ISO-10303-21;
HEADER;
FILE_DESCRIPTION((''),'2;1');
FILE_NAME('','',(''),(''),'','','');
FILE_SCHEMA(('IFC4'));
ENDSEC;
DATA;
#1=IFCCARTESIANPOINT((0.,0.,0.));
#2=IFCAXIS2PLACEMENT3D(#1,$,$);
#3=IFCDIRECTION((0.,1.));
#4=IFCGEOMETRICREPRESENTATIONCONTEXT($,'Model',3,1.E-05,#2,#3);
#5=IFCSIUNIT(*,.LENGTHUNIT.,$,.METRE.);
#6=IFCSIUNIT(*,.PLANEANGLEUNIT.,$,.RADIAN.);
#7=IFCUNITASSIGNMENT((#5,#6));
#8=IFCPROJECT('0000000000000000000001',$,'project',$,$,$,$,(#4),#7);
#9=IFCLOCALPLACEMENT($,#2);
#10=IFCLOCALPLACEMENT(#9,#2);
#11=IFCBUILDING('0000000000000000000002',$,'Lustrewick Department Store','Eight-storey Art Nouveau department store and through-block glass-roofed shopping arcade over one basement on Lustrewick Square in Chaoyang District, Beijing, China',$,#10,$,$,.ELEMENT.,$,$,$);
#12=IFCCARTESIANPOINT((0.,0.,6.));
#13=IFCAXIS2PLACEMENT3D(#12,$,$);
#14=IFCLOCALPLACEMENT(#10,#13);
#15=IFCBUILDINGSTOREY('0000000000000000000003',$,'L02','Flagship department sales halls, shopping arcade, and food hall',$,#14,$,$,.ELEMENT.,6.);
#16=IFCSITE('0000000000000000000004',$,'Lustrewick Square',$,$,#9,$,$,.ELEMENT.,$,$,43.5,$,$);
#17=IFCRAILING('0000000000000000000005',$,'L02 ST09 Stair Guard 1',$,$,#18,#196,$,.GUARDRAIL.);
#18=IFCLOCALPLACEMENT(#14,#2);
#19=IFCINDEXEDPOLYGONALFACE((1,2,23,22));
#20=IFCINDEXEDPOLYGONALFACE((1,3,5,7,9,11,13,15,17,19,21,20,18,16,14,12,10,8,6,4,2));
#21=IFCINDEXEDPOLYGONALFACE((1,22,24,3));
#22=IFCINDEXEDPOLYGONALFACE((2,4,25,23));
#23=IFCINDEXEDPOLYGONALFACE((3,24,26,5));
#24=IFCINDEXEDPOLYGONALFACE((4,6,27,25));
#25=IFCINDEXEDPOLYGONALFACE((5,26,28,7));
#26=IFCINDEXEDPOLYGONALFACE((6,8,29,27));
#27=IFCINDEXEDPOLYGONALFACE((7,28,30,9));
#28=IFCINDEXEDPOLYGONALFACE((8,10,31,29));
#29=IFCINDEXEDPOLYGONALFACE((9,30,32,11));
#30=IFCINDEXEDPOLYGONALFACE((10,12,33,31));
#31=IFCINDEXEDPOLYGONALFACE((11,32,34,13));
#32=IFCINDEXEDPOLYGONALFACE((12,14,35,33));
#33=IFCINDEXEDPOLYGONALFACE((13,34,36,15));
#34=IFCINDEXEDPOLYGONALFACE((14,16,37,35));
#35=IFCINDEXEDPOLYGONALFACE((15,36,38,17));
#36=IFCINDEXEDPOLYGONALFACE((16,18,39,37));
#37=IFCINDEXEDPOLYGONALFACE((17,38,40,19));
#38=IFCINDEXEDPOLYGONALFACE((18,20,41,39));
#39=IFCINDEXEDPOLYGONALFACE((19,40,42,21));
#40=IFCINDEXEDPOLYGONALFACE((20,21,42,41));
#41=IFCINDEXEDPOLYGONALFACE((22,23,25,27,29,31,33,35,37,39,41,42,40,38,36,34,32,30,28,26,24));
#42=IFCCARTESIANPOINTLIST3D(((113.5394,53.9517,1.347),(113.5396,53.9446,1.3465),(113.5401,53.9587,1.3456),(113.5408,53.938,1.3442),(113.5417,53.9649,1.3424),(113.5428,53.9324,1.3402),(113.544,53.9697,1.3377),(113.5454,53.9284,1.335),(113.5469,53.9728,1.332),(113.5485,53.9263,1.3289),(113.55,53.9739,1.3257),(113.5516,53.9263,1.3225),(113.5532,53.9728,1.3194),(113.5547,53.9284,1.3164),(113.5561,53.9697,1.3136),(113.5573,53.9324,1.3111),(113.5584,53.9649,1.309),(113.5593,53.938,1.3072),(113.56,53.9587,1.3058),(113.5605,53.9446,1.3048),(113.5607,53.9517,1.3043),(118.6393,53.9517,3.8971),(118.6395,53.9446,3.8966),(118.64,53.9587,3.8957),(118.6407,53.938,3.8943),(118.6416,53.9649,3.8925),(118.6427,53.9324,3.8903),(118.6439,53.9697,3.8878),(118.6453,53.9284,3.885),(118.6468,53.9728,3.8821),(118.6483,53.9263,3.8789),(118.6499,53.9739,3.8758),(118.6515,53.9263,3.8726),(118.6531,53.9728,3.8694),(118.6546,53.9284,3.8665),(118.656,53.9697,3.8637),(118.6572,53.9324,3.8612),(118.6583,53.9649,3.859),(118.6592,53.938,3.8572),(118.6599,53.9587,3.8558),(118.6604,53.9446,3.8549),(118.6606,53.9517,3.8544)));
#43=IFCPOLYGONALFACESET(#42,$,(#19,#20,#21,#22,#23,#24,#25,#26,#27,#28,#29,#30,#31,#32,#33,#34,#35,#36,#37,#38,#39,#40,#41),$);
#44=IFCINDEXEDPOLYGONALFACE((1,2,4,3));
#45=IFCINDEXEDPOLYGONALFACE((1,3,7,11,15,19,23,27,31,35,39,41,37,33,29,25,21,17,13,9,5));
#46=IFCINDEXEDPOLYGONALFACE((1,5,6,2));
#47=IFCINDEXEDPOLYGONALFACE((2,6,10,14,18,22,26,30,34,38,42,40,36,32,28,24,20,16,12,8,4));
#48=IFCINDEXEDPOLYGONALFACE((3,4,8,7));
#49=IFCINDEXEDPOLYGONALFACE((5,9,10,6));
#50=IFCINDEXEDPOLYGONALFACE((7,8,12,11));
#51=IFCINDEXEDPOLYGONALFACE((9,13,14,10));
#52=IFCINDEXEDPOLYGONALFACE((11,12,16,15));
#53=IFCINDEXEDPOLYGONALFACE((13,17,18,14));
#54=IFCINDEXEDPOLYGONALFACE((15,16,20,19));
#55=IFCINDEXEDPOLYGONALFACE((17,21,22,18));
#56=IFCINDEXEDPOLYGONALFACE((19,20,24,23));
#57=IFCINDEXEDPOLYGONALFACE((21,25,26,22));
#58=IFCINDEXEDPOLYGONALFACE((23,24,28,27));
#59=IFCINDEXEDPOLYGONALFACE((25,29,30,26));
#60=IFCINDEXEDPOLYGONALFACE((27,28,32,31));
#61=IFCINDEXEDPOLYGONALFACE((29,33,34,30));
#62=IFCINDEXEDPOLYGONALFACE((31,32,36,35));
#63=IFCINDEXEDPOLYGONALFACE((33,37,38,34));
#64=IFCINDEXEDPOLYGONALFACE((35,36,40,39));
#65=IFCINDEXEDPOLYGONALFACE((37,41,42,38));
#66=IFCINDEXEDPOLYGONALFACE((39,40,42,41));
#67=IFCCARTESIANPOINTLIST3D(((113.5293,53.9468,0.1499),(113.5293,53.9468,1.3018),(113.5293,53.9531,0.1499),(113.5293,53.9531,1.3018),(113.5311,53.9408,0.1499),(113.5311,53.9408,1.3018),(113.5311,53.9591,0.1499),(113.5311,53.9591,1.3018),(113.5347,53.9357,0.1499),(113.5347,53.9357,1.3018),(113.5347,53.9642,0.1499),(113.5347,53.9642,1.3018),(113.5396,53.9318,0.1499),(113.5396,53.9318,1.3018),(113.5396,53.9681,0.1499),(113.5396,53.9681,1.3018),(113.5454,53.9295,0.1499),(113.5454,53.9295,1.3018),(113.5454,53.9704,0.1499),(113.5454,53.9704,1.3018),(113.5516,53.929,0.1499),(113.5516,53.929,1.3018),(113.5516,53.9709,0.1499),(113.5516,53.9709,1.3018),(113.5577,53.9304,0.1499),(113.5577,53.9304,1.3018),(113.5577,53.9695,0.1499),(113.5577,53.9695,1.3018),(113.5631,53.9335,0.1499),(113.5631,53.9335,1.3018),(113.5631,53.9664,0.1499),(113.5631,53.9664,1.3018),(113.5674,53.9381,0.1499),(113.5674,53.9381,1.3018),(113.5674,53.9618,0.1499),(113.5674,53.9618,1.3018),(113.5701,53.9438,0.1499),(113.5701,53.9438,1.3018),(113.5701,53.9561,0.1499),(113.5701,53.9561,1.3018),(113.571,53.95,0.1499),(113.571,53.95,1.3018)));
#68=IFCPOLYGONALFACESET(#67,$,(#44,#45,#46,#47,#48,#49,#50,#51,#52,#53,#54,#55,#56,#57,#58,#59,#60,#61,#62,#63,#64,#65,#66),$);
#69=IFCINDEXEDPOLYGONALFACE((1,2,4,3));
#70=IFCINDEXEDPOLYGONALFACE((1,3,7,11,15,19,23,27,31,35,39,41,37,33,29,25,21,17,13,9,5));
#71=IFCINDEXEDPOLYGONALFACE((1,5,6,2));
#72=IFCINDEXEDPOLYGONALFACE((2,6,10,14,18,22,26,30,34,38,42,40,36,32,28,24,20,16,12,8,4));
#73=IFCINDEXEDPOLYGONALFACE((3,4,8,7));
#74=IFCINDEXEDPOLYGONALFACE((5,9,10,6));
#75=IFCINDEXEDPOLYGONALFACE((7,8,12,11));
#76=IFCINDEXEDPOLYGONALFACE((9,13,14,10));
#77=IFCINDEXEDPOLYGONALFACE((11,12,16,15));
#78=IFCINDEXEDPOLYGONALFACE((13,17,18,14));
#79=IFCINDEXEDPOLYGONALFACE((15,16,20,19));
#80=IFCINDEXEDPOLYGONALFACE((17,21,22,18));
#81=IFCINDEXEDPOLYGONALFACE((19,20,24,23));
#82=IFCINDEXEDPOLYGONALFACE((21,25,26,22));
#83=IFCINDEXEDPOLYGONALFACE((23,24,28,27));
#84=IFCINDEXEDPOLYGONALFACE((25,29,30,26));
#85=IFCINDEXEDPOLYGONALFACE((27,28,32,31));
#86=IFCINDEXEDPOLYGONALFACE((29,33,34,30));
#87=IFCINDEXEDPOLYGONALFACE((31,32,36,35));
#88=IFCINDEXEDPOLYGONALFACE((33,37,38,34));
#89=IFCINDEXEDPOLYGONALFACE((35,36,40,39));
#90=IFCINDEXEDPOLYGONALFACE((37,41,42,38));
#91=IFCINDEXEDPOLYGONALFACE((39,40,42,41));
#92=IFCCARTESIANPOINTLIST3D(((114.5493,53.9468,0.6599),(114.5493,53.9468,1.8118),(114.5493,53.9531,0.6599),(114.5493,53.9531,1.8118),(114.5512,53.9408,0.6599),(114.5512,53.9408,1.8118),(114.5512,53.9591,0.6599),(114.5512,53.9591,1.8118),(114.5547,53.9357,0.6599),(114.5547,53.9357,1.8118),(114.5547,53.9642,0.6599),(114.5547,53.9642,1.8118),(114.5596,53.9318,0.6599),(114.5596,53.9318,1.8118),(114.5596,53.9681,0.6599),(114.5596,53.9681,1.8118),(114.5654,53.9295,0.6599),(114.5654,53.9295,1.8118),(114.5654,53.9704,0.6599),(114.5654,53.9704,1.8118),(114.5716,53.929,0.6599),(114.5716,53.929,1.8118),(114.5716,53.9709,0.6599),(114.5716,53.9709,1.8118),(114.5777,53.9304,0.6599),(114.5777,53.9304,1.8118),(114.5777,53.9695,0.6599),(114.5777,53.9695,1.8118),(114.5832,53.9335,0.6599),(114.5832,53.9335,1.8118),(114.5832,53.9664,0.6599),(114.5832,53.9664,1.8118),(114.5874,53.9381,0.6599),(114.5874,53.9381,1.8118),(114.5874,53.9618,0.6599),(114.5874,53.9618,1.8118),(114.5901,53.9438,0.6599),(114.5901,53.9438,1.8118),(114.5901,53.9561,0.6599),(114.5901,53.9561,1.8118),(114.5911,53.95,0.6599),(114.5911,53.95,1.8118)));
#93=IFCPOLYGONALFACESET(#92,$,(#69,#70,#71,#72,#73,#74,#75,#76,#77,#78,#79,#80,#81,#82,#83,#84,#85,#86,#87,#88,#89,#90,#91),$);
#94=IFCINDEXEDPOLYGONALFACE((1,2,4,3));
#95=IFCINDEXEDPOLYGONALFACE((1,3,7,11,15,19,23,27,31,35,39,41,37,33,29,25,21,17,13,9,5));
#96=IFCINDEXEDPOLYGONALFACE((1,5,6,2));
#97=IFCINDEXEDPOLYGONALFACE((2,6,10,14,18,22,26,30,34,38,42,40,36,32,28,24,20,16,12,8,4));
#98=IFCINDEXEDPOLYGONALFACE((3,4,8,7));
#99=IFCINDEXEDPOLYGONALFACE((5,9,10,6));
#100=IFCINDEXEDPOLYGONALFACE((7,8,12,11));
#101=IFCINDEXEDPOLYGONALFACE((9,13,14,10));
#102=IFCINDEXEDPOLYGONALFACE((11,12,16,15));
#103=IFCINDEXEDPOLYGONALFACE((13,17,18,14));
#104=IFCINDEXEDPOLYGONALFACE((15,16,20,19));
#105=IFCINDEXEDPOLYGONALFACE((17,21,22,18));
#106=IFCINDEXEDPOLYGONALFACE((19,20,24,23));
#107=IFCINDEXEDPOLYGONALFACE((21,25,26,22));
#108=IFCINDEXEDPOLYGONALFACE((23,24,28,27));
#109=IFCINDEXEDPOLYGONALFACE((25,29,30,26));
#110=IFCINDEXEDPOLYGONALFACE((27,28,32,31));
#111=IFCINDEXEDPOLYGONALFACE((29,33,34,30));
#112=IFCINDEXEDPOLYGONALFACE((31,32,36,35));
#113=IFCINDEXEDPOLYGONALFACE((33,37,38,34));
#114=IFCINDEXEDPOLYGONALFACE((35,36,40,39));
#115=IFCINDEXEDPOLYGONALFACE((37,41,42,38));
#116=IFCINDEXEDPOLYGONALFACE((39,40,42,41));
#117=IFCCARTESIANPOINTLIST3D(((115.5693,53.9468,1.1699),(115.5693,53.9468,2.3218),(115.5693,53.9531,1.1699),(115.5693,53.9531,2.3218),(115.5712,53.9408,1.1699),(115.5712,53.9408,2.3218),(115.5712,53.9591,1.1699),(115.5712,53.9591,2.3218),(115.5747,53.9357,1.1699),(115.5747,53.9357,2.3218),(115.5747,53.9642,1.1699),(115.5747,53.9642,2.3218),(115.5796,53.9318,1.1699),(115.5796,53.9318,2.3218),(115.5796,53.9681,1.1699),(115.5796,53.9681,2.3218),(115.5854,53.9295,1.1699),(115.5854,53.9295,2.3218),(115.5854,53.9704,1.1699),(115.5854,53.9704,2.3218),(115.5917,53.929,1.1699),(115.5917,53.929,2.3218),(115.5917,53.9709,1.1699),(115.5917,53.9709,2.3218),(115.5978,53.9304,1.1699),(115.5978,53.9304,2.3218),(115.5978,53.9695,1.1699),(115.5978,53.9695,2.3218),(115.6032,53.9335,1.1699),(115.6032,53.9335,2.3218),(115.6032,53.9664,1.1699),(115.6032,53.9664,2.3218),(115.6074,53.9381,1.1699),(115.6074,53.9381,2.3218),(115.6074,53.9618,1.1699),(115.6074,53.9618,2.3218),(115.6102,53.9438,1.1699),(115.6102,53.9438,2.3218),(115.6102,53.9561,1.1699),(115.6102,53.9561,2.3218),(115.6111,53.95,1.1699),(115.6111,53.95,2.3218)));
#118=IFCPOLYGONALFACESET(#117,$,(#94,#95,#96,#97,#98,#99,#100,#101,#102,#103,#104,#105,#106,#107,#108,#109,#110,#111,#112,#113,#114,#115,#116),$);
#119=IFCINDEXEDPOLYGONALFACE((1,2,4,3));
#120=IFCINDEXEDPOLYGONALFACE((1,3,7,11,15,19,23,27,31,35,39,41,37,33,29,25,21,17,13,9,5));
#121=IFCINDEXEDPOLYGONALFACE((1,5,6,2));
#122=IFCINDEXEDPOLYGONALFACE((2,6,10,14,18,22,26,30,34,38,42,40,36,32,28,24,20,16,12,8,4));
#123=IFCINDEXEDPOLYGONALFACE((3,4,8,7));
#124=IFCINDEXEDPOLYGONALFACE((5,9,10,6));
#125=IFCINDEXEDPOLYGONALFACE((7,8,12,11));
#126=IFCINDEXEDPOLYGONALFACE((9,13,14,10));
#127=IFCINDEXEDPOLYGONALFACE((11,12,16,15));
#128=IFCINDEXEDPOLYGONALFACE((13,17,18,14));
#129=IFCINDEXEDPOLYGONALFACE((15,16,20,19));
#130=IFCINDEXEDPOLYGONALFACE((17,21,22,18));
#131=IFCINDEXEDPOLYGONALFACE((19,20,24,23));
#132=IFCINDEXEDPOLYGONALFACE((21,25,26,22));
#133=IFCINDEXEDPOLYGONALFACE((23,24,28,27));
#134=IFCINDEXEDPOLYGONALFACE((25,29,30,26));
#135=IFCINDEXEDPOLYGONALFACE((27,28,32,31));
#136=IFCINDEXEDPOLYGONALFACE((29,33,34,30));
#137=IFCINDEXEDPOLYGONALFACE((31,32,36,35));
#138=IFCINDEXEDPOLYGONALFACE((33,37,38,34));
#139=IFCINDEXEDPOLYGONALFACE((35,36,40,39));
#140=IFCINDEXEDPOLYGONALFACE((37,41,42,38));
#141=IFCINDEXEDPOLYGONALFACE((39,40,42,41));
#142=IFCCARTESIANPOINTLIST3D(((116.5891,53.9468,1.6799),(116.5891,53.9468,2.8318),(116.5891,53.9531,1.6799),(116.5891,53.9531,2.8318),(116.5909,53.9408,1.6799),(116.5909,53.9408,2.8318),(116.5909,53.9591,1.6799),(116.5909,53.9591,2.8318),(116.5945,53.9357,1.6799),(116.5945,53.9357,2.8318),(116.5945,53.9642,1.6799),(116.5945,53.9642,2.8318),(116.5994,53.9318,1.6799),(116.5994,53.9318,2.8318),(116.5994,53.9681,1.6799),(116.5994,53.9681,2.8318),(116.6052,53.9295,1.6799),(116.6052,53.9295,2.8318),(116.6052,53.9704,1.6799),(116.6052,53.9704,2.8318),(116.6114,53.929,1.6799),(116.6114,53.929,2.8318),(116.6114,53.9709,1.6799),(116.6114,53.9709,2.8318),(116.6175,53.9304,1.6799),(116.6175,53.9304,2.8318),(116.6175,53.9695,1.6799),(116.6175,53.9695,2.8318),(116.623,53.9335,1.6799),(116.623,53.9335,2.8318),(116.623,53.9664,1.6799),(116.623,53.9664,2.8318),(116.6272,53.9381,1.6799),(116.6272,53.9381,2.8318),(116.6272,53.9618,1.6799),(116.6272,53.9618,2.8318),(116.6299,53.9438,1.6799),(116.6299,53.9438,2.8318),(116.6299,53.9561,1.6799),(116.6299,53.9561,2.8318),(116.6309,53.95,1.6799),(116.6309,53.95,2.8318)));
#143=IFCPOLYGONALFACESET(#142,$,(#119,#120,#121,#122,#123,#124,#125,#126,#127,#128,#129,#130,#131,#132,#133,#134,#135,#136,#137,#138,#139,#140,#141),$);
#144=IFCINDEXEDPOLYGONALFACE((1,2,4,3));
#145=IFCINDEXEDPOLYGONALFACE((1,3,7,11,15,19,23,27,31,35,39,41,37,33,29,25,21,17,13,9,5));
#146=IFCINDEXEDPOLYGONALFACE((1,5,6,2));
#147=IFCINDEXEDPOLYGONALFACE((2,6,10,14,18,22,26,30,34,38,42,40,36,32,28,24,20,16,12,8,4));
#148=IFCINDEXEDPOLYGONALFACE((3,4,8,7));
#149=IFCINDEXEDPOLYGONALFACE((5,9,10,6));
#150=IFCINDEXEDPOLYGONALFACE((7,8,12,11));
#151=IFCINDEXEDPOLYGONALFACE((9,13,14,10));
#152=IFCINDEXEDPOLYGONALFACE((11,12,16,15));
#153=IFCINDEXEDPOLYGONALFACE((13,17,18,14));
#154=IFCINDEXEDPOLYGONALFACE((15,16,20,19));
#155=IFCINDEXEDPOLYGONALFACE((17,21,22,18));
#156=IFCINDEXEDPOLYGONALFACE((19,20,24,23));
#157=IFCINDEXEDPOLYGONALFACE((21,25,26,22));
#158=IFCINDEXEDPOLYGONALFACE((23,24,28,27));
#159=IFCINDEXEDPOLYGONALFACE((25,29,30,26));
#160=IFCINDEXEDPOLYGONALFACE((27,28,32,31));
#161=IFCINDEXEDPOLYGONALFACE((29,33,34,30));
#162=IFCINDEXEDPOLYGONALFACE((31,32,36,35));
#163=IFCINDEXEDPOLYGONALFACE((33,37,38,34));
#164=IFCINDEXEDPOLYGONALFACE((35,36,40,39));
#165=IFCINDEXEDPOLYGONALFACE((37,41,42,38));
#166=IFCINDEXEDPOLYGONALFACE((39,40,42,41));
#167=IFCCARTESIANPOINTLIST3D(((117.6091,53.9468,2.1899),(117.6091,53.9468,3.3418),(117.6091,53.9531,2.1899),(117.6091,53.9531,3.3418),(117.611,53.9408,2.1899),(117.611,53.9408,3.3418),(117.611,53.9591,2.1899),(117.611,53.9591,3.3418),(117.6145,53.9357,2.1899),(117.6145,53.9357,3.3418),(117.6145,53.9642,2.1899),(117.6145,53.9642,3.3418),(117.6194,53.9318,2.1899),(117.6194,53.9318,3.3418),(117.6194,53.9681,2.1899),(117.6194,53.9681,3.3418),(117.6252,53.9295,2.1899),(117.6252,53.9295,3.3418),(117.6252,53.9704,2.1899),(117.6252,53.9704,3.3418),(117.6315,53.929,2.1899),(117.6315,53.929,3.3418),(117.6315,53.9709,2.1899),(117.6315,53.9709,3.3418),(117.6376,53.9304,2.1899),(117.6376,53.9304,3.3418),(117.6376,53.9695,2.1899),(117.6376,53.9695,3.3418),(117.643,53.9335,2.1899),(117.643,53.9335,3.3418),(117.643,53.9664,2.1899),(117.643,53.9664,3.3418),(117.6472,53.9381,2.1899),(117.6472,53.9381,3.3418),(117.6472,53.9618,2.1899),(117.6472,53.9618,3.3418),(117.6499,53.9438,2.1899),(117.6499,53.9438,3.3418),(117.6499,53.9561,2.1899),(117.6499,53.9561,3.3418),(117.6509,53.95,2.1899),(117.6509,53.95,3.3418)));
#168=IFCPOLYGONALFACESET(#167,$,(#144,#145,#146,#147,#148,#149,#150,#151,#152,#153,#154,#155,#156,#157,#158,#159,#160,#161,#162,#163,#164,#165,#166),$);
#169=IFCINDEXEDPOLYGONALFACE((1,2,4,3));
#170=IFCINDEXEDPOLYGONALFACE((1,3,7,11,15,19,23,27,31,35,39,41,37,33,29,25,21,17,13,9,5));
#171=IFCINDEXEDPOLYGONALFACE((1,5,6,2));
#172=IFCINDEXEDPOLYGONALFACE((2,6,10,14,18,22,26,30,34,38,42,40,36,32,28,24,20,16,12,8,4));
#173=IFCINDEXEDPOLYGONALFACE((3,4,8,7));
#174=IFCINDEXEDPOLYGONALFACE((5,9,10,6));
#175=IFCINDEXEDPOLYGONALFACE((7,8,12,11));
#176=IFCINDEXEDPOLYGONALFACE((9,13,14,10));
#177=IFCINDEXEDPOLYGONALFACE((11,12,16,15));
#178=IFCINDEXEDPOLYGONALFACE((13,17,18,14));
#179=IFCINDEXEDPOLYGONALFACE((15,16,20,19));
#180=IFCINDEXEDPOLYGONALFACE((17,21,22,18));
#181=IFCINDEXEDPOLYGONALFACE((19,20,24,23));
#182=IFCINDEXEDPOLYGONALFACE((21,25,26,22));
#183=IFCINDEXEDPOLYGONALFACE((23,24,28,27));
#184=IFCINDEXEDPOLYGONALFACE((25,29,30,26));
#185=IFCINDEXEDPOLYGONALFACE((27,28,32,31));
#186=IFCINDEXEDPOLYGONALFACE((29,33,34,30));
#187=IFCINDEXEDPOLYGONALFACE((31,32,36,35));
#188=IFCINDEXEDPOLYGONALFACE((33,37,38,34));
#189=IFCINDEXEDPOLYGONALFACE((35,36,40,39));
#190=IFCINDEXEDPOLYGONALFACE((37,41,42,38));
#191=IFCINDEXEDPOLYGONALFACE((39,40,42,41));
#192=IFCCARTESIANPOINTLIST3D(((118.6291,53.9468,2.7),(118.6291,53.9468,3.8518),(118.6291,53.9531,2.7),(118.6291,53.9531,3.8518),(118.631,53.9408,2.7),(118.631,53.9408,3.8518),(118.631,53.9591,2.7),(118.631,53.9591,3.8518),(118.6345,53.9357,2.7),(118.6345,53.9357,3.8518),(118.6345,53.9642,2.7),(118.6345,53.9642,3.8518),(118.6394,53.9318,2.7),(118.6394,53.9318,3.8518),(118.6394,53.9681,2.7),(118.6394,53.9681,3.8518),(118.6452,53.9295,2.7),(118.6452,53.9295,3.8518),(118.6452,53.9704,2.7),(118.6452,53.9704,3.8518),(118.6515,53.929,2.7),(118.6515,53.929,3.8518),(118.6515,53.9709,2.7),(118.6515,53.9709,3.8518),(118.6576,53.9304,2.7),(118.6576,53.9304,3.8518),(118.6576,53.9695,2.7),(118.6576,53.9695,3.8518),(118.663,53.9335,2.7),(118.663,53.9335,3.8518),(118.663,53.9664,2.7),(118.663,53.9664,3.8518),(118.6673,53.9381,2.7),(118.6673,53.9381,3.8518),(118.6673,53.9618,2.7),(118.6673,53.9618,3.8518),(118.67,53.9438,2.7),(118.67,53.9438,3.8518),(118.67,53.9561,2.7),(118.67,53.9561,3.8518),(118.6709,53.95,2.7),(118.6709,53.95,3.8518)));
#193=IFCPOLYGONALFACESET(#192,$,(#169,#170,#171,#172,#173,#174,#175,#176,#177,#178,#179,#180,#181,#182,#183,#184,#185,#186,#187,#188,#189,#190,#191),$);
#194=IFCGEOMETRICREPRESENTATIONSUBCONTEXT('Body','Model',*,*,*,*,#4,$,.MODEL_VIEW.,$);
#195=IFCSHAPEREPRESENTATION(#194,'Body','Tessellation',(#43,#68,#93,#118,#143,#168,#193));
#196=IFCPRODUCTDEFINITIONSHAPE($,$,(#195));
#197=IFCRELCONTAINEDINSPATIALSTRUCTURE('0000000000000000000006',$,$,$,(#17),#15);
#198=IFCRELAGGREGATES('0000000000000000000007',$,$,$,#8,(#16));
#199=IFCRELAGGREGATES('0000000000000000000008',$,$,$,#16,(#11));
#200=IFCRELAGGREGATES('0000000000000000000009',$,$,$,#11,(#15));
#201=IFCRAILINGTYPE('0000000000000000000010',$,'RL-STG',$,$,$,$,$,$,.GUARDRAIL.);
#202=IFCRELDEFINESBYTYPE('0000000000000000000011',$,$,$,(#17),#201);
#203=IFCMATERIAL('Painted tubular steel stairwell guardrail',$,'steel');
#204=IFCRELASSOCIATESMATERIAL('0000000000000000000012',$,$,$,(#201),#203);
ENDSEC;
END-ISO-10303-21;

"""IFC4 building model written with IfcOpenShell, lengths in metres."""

from ifc_helpers import new_model, si_unit, direction, frame, origin, origin_2d, place, context, subcontext, project, spatial, circle, extrude, material, type_object, element, save


model = new_model("IFC4")

# Units and contexts
model_context = context("Model", 3, precision=1e-05, world=origin(), true_north=direction((0.0, 1.0)))
body_context = subcontext(model_context, "Body", "Model", "MODEL_VIEW")
ifc_project = project(units=[si_unit("LENGTHUNIT", "METRE"), si_unit("PLANEANGLEUNIT", "RADIAN")], contexts=[model_context])

# Site, building, storey
site_placement = place(None, origin())
site = spatial("IfcSite", under=ifc_project, at=site_placement, Name="Lustrewick Square", CompositionType="ELEMENT", RefElevation=43.5)
building_placement = place(site_placement, origin())
building = spatial("IfcBuilding", under=site, at=building_placement, Name="Lustrewick Department Store", Description="Eight-storey Art Nouveau department store and through-block glass-roofed shopping arcade over one basement on Lustrewick Square in Chaoyang District, Beijing, China", CompositionType="ELEMENT")
storey_placement = place(building_placement, frame((0.0, 0.0, 6.0)))
storey = spatial("IfcBuildingStorey", under=building, at=storey_placement, Name="L02", Description="Flagship department sales halls, shopping arcade, and food hall", CompositionType="ELEMENT", Elevation=6.0)

# Railing
ifc_material_1 = material(Name="Painted tubular steel stairwell guardrail", Category="steel")
railing_type_1 = type_object("IfcRailingType", Name="RL-STG", PredefinedType="GUARDRAIL", material=ifc_material_1)
railing_1_placement = place(storey_placement, frame((113.55, 53.95, 0.1499)))
element("IfcRailing", 1, at=railing_1_placement, inside=storey, type_object=railing_type_1, Name="L02 ST09 Stair Guard 1", PredefinedType="GUARDRAIL", context=body_context, shape_type="SweptSolid", body=[
    extrude(circle(Radius=0.0239, at=origin_2d()), frame((0.0, 0.0, 1.1758), z_axis=(0.894419, 0.0, 0.447231), x_axis=(0.0, 1.0, 0.0)), (0.0, 0.0, 1.0), 5.7019),
    extrude(circle(Radius=0.021, at=origin_2d()), origin(), (0.0, 0.0, 1.0), 1.1519),
    extrude(circle(Radius=0.021, at=origin_2d()), frame((1.02, 0.0, 0.51)), (0.0, 0.0, 1.0), 1.1519),
    extrude(circle(Radius=0.021, at=origin_2d()), frame((2.04, 0.0, 1.02)), (0.0, 0.0, 1.0), 1.1519),
    extrude(circle(Radius=0.021, at=origin_2d()), frame((3.0598, 0.0, 1.53)), (0.0, 0.0, 1.0), 1.1519),
    extrude(circle(Radius=0.021, at=origin_2d()), frame((4.0798, 0.0, 2.04)), (0.0, 0.0, 1.0), 1.1519),
    extrude(circle(Radius=0.021, at=origin_2d()), frame((5.0999, 0.0, 2.55)), (0.0, 0.0, 1.0), 1.1519),
])

save(model, "model.ifc")
